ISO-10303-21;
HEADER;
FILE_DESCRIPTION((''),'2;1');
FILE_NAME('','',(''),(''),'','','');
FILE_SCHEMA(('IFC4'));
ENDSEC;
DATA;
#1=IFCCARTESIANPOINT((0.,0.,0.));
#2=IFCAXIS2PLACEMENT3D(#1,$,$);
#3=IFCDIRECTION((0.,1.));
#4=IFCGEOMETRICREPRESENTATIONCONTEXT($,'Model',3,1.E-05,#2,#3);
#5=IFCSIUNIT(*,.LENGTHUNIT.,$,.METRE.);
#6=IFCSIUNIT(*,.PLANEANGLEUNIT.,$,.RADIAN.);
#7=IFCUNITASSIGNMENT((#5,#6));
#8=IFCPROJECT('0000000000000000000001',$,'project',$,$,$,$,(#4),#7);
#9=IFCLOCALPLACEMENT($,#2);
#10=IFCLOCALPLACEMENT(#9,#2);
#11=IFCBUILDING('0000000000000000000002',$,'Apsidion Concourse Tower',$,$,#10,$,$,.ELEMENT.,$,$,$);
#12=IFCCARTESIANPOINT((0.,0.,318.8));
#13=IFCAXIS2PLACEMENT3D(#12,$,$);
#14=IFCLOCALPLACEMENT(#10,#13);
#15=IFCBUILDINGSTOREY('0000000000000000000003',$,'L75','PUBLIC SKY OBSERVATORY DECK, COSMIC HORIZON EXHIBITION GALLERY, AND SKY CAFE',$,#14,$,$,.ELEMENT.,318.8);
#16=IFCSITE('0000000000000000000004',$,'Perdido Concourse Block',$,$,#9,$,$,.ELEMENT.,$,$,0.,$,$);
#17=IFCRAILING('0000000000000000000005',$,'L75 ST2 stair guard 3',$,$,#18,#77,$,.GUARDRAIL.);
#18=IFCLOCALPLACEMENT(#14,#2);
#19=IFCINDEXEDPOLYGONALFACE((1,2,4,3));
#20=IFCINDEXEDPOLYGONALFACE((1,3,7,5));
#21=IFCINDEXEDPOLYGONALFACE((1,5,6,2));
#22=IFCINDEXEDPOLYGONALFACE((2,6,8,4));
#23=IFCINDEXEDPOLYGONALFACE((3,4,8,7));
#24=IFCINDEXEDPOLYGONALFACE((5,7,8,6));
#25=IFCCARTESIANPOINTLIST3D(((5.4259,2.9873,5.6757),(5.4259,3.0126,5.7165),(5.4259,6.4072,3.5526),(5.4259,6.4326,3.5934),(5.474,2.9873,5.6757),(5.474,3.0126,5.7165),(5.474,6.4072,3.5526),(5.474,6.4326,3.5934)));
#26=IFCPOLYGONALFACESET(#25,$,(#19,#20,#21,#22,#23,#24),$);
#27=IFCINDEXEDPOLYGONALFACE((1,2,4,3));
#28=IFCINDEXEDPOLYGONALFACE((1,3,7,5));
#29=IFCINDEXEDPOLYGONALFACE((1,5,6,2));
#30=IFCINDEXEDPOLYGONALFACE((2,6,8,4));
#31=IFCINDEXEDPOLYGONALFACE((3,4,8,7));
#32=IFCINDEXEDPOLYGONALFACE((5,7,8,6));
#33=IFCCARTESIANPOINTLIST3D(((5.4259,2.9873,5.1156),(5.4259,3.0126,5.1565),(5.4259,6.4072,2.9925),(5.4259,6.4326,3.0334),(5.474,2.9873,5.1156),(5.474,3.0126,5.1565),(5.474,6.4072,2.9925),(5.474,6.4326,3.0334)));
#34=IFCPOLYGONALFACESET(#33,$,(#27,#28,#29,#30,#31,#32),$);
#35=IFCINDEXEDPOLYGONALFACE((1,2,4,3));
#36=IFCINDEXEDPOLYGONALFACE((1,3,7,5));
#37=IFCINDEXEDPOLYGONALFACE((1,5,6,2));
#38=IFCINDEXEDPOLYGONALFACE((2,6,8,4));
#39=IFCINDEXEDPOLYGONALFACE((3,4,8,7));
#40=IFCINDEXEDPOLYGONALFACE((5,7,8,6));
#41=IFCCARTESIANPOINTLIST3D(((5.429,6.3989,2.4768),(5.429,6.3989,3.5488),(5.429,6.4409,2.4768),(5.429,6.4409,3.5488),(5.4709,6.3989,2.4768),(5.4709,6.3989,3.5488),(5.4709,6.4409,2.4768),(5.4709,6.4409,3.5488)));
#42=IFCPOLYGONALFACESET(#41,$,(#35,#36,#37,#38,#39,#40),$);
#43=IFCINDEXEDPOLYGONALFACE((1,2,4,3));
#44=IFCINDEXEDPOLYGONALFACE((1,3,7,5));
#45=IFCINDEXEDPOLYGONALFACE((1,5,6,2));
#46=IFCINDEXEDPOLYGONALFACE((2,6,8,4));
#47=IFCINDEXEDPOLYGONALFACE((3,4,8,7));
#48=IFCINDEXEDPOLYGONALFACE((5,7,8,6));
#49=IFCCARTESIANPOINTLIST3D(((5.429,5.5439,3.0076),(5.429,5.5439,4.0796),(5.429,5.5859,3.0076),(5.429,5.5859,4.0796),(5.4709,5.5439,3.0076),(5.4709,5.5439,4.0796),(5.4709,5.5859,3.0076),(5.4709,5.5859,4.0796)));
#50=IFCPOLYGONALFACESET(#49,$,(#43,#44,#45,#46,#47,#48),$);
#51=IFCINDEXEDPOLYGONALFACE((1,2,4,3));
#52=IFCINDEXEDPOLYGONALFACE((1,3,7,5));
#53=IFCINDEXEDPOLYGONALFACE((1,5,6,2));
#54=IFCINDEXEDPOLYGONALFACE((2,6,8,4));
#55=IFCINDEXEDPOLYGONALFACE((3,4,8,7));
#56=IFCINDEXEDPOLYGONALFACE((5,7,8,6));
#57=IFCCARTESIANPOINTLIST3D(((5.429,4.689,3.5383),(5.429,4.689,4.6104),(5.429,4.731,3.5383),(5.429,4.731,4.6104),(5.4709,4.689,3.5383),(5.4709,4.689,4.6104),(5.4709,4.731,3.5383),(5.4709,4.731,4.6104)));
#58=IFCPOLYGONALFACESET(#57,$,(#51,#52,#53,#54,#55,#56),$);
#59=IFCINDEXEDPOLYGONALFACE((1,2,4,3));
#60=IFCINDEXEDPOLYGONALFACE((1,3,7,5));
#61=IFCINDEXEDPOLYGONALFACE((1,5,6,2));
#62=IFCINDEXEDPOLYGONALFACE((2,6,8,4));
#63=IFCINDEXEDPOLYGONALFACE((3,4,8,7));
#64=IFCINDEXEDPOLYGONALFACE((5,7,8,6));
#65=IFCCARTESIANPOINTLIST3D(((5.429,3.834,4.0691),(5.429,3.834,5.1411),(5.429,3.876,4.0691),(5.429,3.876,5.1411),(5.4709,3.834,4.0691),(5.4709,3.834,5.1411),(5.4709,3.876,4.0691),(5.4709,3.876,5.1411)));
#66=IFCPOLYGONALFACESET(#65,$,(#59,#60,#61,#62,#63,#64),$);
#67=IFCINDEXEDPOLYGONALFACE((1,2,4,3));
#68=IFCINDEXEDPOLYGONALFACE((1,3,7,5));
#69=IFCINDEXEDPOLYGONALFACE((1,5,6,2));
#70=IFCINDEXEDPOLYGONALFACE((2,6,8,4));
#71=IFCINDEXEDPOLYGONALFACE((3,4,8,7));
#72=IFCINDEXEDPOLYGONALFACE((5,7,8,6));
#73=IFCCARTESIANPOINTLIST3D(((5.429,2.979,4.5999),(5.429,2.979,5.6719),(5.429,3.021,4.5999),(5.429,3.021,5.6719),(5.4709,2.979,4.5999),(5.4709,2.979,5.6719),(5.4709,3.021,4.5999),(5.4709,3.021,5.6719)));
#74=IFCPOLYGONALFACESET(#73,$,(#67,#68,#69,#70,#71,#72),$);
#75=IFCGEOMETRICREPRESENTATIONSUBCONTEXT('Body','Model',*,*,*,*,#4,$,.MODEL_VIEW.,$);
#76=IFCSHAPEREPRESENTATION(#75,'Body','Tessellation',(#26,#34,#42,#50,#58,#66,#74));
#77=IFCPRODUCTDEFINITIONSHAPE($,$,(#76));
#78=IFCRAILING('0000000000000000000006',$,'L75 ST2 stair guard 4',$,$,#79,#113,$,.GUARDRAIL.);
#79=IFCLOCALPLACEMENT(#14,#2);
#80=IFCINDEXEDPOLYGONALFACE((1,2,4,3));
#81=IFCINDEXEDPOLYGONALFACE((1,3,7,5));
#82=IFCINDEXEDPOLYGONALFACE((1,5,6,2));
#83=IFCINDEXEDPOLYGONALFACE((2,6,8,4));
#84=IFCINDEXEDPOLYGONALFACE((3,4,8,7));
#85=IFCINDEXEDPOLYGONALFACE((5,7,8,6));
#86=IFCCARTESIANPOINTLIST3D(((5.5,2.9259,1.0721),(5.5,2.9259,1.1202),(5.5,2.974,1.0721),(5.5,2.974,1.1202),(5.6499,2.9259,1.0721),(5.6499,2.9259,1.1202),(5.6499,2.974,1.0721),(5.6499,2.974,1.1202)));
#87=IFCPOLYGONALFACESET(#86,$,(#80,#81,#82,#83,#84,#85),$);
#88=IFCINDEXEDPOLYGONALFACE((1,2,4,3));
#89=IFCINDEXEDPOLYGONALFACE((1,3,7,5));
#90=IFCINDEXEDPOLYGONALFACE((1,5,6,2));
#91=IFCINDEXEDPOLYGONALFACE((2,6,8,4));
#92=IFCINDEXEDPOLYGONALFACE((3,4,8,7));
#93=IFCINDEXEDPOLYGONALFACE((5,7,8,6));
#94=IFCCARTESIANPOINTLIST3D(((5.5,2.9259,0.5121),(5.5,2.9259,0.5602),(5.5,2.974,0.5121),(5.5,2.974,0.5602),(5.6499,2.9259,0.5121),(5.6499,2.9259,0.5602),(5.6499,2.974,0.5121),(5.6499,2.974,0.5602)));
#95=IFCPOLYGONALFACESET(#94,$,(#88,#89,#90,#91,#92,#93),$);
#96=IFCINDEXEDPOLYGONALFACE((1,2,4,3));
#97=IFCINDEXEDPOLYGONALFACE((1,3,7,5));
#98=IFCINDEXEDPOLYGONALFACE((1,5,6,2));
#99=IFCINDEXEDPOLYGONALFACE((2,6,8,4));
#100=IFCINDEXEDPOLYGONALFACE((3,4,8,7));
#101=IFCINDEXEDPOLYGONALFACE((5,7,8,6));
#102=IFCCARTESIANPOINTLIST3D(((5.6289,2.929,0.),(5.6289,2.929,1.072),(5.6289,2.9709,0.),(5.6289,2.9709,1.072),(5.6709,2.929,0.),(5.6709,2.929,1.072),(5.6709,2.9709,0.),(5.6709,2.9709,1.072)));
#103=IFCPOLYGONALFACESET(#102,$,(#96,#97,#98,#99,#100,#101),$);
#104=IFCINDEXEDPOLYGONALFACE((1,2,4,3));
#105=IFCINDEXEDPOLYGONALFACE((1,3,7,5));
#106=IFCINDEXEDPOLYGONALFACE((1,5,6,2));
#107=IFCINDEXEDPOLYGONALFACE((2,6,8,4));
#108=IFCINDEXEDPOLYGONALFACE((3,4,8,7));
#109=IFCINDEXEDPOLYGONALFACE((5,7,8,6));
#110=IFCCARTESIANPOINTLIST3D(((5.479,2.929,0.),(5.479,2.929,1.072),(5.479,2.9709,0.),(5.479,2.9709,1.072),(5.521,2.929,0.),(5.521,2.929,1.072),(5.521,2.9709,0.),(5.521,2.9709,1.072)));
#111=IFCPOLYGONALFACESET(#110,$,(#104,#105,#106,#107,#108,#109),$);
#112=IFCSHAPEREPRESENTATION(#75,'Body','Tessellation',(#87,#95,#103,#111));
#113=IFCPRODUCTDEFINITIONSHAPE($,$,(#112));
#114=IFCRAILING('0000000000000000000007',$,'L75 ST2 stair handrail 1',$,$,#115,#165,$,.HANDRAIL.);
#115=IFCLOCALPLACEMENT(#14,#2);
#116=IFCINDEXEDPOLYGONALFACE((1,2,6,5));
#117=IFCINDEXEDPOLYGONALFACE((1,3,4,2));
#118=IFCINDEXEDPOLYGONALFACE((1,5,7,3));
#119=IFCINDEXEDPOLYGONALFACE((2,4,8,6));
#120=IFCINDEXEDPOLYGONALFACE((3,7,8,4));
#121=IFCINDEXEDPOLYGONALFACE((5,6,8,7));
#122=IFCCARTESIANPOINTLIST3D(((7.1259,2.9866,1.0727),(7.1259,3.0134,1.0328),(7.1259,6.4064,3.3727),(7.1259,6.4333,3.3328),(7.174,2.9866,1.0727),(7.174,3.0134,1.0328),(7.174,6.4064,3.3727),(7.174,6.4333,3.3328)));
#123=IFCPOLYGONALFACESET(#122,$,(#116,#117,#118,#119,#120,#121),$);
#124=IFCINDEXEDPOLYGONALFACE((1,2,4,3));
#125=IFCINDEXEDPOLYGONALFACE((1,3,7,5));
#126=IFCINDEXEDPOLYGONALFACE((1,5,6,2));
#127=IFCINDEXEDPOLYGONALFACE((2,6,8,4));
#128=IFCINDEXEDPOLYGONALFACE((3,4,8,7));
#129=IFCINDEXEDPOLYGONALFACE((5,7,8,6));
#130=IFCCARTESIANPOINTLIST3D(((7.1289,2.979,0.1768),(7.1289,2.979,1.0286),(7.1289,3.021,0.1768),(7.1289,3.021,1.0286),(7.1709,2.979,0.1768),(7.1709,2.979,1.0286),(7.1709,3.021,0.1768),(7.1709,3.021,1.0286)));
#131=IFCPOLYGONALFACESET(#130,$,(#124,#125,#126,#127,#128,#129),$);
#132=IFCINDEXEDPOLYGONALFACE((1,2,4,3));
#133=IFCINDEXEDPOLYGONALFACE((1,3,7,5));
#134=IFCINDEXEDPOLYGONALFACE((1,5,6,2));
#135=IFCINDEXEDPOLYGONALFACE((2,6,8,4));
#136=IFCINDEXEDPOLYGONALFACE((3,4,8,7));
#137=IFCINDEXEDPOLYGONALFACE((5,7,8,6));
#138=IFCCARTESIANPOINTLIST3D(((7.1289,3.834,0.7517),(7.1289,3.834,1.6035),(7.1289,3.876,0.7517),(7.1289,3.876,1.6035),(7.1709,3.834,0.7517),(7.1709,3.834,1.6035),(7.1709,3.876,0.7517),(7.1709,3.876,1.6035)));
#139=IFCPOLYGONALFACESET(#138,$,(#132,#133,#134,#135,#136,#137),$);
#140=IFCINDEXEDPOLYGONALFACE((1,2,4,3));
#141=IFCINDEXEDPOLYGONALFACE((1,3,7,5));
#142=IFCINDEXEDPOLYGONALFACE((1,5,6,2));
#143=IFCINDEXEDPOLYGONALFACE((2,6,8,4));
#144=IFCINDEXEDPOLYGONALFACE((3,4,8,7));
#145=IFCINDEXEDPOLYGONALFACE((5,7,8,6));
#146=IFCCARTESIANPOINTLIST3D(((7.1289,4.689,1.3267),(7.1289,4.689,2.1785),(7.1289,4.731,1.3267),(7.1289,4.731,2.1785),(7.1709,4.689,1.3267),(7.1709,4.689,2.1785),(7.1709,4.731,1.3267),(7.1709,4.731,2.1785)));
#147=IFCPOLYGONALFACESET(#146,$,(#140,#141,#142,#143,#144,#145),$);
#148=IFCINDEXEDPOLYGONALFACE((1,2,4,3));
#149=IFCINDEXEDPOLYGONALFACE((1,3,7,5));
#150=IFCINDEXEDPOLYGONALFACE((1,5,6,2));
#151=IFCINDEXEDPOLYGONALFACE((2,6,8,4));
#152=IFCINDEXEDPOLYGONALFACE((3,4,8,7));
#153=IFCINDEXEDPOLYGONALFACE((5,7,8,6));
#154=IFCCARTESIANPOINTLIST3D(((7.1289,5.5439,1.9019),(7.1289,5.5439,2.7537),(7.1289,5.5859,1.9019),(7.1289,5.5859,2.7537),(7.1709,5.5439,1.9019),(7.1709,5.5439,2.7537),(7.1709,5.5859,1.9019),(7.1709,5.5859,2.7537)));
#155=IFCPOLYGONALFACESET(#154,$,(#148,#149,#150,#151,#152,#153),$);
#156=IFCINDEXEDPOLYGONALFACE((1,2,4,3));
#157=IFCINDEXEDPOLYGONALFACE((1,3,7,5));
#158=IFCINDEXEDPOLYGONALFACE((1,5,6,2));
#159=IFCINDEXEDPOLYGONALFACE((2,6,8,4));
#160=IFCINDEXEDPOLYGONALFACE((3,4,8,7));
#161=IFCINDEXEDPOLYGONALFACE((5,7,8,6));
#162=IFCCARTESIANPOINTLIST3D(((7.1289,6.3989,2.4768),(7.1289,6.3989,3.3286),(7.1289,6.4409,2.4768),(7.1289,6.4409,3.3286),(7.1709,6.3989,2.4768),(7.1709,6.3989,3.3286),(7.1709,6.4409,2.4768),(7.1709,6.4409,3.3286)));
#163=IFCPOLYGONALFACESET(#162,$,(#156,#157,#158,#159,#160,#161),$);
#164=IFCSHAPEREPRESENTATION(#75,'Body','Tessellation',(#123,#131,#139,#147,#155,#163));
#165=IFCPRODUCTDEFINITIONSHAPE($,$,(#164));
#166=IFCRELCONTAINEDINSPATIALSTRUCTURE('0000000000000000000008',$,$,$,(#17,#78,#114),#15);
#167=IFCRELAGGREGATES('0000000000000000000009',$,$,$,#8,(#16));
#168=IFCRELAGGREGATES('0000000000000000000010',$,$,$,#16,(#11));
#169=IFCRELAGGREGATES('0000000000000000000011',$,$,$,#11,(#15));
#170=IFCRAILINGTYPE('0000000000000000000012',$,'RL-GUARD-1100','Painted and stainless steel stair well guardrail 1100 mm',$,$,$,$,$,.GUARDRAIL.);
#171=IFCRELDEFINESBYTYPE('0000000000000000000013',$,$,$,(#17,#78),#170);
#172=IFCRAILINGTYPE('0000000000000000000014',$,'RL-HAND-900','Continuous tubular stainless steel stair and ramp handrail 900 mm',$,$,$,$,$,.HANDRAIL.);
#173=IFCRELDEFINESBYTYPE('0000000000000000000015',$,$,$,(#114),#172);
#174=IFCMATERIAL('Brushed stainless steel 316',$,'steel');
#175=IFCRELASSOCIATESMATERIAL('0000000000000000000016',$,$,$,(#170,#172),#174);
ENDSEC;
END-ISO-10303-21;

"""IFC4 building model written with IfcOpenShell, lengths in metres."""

from ifc_helpers import new_model, si_unit, direction, frame, origin, origin_2d, place, context, subcontext, project, spatial, rectangle, extrude, material, type_object, element, save


model = new_model("IFC4")

# Units and contexts
model_context = context("Model", 3, precision=1e-05, world=origin(), true_north=direction((0.0, 1.0)))
body_context = subcontext(model_context, "Body", "Model", "MODEL_VIEW")
ifc_project = project(units=[si_unit("LENGTHUNIT", "METRE"), si_unit("PLANEANGLEUNIT", "RADIAN")], contexts=[model_context])

# Site, building, storey
site_placement = place(None, origin())
site = spatial("IfcSite", under=ifc_project, at=site_placement, Name="Perdido Concourse Block", CompositionType="ELEMENT", RefElevation=0.0)
building_placement = place(site_placement, origin())
building = spatial("IfcBuilding", under=site, at=building_placement, Name="Apsidion Concourse Tower", CompositionType="ELEMENT")
storey_placement = place(building_placement, frame((0.0, 0.0, 318.8)))
storey = spatial("IfcBuildingStorey", under=building, at=storey_placement, Name="L75", Description="PUBLIC SKY OBSERVATORY DECK, COSMIC HORIZON EXHIBITION GALLERY, AND SKY CAFE", CompositionType="ELEMENT", Elevation=318.8)

# Shared definitions
ifc_material_1 = material(Name="Brushed stainless steel 316", Category="steel")

# Railings
railing_type_1 = type_object("IfcRailingType", Name="RL-GUARD-1100", Description="Painted and stainless steel stair well guardrail 1100 mm", PredefinedType="GUARDRAIL", material=ifc_material_1)
railing_1_placement = place(storey_placement, frame((5.45, 6.4199, 2.4768)))
element("IfcRailing", 1, at=railing_1_placement, inside=storey, type_object=railing_type_1, Name="L75 ST2 stair guard 3", PredefinedType="GUARDRAIL", context=body_context, shape_type="SweptSolid", body=[
    extrude(rectangle(XDim=0.0481, YDim=0.0481, at=origin_2d()), frame((0.0, 0.0, 1.0962), z_axis=(0.0, -0.849603, 0.527423), x_axis=(1.0, 0.0, 0.0)), (0.0, 0.0, 1.0), 4.0254),
    extrude(rectangle(XDim=0.0481, YDim=0.0481, at=origin_2d()), frame((0.0, 0.0, 0.5361), z_axis=(0.0, -0.849603, 0.527423), x_axis=(1.0, 0.0, 0.0)), (0.0, 0.0, 1.0), 4.0254),
    extrude(rectangle(XDim=0.042, YDim=0.042, at=origin_2d()), origin(), (0.0, 0.0, 1.0), 1.072),
    extrude(rectangle(XDim=0.042, YDim=0.042, at=origin_2d()), frame((0.0, -0.855, 0.5308)), (0.0, 0.0, 1.0), 1.072),
    extrude(rectangle(XDim=0.042, YDim=0.042, at=origin_2d()), frame((0.0, -1.71, 1.0615)), (0.0, 0.0, 1.0), 1.072),
    extrude(rectangle(XDim=0.042, YDim=0.042, at=origin_2d()), frame((0.0, -2.5649, 1.5923)), (0.0, 0.0, 1.0), 1.072),
    extrude(rectangle(XDim=0.042, YDim=0.042, at=origin_2d()), frame((0.0, -3.4199, 2.123)), (0.0, 0.0, 1.0), 1.072),
])
railing_2_placement = place(storey_placement, frame((5.6499, 2.95, 0.0)))
element("IfcRailing", 2, at=railing_2_placement, inside=storey, type_object=railing_type_1, Name="L75 ST2 stair guard 4", PredefinedType="GUARDRAIL", context=body_context, shape_type="SweptSolid", body=[
    extrude(rectangle(XDim=0.0481, YDim=0.0481, at=origin_2d()), frame((0.0, 0.0, 1.0962), z_axis=(-1.0, 0.0, 0.0), x_axis=(0.0, -1.0, 0.0)), (0.0, 0.0, 1.0), 0.1499),
    extrude(rectangle(XDim=0.0481, YDim=0.0481, at=origin_2d()), frame((0.0, 0.0, 0.5361), z_axis=(-1.0, 0.0, 0.0), x_axis=(0.0, -1.0, 0.0)), (0.0, 0.0, 1.0), 0.1499),
    extrude(rectangle(XDim=0.042, YDim=0.042, at=origin_2d()), origin(), (0.0, 0.0, 1.0), 1.072),
    extrude(rectangle(XDim=0.042, YDim=0.042, at=origin_2d()), frame((-0.1499, 0.0, 0.0)), (0.0, 0.0, 1.0), 1.072),
])
railing_type_2 = type_object("IfcRailingType", Name="RL-HAND-900", Description="Continuous tubular stainless steel stair and ramp handrail 900 mm", PredefinedType="HANDRAIL", material=ifc_material_1)
railing_3_placement = place(storey_placement, frame((7.1499, 3.0, 0.1768)))
element("IfcRailing", 3, at=railing_3_placement, inside=storey, type_object=railing_type_2, Name="L75 ST2 stair handrail 1", PredefinedType="HANDRAIL", context=body_context, shape_type="SweptSolid", body=[
    extrude(rectangle(XDim=0.0481, YDim=0.0481, at=origin_2d()), frame((0.0, 0.0, 0.876), z_axis=(0.0, 0.829792, 0.558072), x_axis=(-1.0, 0.0, 0.0)), (0.0, 0.0, 1.0), 4.1213),
    extrude(rectangle(XDim=0.042, YDim=0.042, at=origin_2d()), origin(), (0.0, 0.0, 1.0), 0.8518),
    extrude(rectangle(XDim=0.042, YDim=0.042, at=origin_2d()), frame((0.0, 0.855, 0.575)), (0.0, 0.0, 1.0), 0.8518),
    extrude(rectangle(XDim=0.042, YDim=0.042, at=origin_2d()), frame((0.0, 1.71, 1.1499)), (0.0, 0.0, 1.0), 0.8518),
    extrude(rectangle(XDim=0.042, YDim=0.042, at=origin_2d()), frame((0.0, 2.5649, 1.7251)), (0.0, 0.0, 1.0), 0.8518),
    extrude(rectangle(XDim=0.042, YDim=0.042, at=origin_2d()), frame((0.0, 3.4199, 2.3)), (0.0, 0.0, 1.0), 0.8518),
])

save(model, "model.ifc")
